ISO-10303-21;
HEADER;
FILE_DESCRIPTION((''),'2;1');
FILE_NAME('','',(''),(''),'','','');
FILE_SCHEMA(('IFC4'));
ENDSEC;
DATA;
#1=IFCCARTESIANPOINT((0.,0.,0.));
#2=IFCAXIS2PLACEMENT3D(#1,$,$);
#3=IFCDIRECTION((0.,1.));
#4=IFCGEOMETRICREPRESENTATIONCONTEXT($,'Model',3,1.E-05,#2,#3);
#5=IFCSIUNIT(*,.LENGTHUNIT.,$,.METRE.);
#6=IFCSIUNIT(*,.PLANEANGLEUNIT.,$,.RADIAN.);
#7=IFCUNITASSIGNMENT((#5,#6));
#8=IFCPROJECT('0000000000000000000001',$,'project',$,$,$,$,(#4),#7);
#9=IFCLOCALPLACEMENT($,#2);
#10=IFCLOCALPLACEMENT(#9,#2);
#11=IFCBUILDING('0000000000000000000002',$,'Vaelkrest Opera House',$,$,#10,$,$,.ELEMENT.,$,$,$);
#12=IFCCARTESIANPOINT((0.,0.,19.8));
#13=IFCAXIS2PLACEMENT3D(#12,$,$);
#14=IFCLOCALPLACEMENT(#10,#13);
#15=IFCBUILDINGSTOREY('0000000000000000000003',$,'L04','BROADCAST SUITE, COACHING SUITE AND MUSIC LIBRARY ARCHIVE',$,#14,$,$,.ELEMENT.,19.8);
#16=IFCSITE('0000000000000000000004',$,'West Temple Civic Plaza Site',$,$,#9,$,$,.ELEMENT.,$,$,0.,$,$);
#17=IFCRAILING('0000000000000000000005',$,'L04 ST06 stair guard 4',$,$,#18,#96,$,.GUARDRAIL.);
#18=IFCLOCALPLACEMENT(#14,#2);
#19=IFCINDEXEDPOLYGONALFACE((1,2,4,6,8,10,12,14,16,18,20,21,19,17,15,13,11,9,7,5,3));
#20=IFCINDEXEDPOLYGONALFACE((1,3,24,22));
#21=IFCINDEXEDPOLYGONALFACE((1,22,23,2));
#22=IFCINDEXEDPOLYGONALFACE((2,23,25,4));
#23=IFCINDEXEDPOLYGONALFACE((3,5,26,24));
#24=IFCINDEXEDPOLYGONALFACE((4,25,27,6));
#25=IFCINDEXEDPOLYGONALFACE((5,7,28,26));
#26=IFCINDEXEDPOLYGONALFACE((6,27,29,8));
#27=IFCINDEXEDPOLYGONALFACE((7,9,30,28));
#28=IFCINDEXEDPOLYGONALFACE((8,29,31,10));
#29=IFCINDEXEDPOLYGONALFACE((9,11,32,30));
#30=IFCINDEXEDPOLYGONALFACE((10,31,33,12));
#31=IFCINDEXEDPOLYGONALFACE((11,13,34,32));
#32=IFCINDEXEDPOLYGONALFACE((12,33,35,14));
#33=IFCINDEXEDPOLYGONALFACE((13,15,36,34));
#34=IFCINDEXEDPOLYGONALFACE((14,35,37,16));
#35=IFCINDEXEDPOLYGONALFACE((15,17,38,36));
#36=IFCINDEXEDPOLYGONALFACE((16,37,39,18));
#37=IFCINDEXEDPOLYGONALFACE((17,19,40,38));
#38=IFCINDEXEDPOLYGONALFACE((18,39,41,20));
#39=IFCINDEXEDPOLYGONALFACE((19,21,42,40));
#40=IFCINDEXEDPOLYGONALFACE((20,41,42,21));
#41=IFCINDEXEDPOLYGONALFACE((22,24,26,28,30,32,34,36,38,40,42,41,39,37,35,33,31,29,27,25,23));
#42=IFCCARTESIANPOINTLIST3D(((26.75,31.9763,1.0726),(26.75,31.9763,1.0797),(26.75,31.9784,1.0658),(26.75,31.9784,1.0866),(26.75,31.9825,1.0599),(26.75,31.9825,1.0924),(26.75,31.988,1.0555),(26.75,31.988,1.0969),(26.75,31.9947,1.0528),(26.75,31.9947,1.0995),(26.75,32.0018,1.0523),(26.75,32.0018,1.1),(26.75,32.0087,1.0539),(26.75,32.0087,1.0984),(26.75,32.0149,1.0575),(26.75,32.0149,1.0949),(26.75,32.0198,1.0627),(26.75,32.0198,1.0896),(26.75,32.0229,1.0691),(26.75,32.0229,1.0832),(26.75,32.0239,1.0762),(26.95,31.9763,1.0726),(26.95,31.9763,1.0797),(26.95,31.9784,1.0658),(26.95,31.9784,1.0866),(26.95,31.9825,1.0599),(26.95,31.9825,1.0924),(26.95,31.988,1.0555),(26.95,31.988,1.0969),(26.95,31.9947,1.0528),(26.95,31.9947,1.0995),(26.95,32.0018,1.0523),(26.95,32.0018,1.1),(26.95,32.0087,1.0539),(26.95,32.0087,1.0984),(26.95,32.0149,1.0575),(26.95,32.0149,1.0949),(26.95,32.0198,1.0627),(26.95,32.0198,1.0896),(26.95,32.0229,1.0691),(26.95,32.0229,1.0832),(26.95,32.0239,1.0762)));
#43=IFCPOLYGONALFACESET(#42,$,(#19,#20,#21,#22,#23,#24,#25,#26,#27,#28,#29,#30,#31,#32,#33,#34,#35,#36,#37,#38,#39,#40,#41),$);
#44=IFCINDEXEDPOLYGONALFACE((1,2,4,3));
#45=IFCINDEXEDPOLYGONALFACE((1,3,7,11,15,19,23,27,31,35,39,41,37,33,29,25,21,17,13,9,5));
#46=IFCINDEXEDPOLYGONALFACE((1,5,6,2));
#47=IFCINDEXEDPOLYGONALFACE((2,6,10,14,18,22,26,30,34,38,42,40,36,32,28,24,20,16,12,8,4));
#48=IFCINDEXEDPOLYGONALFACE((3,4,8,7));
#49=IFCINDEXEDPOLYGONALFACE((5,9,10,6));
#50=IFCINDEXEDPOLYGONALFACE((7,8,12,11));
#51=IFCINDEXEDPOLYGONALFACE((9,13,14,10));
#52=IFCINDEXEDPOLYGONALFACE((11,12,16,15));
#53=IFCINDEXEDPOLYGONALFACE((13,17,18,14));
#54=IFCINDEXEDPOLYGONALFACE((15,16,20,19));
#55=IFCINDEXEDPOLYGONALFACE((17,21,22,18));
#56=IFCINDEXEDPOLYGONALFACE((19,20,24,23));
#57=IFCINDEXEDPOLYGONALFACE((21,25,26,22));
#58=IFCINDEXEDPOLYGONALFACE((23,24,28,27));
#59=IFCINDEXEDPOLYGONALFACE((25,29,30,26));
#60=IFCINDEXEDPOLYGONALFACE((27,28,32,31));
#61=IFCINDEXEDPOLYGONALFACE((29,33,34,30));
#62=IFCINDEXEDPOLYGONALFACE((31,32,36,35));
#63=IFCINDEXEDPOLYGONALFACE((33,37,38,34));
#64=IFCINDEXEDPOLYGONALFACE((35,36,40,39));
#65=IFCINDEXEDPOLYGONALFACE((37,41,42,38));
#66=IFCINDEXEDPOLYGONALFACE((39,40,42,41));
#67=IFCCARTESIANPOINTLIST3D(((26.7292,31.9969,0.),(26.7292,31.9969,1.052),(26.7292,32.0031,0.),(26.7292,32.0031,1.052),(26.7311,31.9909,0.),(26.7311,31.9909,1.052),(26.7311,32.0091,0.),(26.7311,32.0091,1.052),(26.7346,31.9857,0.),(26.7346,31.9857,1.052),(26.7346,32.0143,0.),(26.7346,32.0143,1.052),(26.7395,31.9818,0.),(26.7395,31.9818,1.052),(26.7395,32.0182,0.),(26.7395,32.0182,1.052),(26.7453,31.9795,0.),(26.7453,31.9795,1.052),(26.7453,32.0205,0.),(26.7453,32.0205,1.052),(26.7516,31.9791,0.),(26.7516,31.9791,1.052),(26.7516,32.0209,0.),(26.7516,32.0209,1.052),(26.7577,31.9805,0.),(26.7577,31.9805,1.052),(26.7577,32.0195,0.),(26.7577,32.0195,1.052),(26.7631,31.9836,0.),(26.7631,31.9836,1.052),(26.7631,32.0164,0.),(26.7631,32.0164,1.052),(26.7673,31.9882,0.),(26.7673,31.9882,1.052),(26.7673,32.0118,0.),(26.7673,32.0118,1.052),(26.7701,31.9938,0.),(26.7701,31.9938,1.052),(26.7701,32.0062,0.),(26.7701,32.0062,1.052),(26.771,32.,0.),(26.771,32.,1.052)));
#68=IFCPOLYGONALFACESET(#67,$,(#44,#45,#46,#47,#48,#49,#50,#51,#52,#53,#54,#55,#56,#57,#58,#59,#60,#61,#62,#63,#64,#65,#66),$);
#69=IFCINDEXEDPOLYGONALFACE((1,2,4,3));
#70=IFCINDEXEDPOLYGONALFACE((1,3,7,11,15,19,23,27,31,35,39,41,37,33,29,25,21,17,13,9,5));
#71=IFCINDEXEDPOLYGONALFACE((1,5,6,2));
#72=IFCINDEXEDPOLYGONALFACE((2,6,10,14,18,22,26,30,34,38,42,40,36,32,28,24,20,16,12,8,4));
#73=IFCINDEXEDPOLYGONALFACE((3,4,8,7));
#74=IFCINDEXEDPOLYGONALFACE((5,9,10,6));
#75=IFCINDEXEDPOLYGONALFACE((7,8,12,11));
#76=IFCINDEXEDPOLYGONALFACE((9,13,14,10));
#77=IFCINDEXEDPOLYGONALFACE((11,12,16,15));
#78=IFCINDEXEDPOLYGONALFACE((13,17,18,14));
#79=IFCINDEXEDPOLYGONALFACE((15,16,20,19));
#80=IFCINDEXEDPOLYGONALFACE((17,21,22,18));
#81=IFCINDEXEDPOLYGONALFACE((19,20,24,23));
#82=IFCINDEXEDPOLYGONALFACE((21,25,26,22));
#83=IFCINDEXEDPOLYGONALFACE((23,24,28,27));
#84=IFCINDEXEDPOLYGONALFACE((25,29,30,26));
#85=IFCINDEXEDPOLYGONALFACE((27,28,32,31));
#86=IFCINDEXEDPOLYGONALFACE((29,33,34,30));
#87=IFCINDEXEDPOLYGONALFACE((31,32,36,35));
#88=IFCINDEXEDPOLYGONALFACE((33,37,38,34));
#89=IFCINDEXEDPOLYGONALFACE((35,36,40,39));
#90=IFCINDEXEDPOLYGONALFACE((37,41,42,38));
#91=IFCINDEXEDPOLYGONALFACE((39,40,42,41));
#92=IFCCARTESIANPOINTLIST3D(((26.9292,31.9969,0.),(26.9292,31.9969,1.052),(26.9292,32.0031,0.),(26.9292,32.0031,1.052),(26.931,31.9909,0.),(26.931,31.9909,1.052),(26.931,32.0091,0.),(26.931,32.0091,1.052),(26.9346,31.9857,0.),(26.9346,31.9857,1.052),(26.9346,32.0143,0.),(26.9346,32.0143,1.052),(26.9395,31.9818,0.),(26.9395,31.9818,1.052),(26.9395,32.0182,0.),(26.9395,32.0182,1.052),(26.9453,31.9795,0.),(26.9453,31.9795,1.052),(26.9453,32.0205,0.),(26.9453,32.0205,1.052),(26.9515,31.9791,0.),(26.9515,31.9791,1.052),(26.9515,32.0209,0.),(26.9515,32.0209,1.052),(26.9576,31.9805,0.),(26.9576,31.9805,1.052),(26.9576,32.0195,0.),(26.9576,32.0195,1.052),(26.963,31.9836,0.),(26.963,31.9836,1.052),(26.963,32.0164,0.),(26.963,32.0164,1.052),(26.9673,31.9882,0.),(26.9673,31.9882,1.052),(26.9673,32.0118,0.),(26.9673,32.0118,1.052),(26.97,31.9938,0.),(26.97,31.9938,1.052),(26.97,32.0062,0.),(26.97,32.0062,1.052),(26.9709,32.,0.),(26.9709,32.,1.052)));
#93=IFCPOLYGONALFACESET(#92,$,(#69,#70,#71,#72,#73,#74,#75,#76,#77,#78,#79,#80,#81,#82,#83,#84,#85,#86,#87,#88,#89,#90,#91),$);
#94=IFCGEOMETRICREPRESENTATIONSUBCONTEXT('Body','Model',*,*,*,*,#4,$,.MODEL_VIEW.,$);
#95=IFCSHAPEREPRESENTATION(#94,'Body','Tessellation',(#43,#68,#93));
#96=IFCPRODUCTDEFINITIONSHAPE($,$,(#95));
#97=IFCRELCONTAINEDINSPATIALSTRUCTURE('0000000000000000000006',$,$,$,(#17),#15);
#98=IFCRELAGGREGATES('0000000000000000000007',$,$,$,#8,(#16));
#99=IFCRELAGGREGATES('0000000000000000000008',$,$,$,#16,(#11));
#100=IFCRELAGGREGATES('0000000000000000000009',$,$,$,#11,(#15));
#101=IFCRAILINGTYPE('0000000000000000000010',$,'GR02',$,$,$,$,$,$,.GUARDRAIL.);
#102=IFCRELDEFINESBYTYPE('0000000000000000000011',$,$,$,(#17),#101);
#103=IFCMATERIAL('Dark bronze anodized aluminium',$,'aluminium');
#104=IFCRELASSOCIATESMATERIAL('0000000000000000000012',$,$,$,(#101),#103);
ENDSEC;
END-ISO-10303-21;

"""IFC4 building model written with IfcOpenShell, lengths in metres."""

from ifc_helpers import new_model, si_unit, direction, frame, origin, origin_2d, place, context, subcontext, project, spatial, circle, extrude, material, type_object, element, save


model = new_model("IFC4")

# Units and contexts
model_context = context("Model", 3, precision=1e-05, world=origin(), true_north=direction((0.0, 1.0)))
body_context = subcontext(model_context, "Body", "Model", "MODEL_VIEW")
ifc_project = project(units=[si_unit("LENGTHUNIT", "METRE"), si_unit("PLANEANGLEUNIT", "RADIAN")], contexts=[model_context])

# Site, building, storey
site_placement = place(None, origin())
site = spatial("IfcSite", under=ifc_project, at=site_placement, Name="West Temple Civic Plaza Site", CompositionType="ELEMENT", RefElevation=0.0)
building_placement = place(site_placement, origin())
building = spatial("IfcBuilding", under=site, at=building_placement, Name="Vaelkrest Opera House", CompositionType="ELEMENT")
storey_placement = place(building_placement, frame((0.0, 0.0, 19.8)))
storey = spatial("IfcBuildingStorey", under=building, at=storey_placement, Name="L04", Description="BROADCAST SUITE, COACHING SUITE AND MUSIC LIBRARY ARCHIVE", CompositionType="ELEMENT", Elevation=19.8)

# Railing
ifc_material_1 = material(Name="Dark bronze anodized aluminium", Category="aluminium")
railing_type_1 = type_object("IfcRailingType", Name="GR02", PredefinedType="GUARDRAIL", material=ifc_material_1)
railing_1_placement = place(storey_placement, frame((26.75, 32.0, 0.0)))
element("IfcRailing", 1, at=railing_1_placement, inside=storey, type_object=railing_type_1, Name="L04 ST06 stair guard 4", PredefinedType="GUARDRAIL", context=body_context, shape_type="SweptSolid", body=[
    extrude(circle(Radius=0.0239, at=origin_2d()), frame((0.0, 0.0, 1.0762), z_axis=(1.0, 0.0, 0.0), x_axis=(0.0, 1.0, 0.0)), (0.0, 0.0, 1.0), 0.2),
    extrude(circle(Radius=0.021, at=origin_2d()), origin(), (0.0, 0.0, 1.0), 1.052),
    extrude(circle(Radius=0.021, at=origin_2d()), frame((0.2, 0.0, 0.0)), (0.0, 0.0, 1.0), 1.052),
])

save(model, "model.ifc")
